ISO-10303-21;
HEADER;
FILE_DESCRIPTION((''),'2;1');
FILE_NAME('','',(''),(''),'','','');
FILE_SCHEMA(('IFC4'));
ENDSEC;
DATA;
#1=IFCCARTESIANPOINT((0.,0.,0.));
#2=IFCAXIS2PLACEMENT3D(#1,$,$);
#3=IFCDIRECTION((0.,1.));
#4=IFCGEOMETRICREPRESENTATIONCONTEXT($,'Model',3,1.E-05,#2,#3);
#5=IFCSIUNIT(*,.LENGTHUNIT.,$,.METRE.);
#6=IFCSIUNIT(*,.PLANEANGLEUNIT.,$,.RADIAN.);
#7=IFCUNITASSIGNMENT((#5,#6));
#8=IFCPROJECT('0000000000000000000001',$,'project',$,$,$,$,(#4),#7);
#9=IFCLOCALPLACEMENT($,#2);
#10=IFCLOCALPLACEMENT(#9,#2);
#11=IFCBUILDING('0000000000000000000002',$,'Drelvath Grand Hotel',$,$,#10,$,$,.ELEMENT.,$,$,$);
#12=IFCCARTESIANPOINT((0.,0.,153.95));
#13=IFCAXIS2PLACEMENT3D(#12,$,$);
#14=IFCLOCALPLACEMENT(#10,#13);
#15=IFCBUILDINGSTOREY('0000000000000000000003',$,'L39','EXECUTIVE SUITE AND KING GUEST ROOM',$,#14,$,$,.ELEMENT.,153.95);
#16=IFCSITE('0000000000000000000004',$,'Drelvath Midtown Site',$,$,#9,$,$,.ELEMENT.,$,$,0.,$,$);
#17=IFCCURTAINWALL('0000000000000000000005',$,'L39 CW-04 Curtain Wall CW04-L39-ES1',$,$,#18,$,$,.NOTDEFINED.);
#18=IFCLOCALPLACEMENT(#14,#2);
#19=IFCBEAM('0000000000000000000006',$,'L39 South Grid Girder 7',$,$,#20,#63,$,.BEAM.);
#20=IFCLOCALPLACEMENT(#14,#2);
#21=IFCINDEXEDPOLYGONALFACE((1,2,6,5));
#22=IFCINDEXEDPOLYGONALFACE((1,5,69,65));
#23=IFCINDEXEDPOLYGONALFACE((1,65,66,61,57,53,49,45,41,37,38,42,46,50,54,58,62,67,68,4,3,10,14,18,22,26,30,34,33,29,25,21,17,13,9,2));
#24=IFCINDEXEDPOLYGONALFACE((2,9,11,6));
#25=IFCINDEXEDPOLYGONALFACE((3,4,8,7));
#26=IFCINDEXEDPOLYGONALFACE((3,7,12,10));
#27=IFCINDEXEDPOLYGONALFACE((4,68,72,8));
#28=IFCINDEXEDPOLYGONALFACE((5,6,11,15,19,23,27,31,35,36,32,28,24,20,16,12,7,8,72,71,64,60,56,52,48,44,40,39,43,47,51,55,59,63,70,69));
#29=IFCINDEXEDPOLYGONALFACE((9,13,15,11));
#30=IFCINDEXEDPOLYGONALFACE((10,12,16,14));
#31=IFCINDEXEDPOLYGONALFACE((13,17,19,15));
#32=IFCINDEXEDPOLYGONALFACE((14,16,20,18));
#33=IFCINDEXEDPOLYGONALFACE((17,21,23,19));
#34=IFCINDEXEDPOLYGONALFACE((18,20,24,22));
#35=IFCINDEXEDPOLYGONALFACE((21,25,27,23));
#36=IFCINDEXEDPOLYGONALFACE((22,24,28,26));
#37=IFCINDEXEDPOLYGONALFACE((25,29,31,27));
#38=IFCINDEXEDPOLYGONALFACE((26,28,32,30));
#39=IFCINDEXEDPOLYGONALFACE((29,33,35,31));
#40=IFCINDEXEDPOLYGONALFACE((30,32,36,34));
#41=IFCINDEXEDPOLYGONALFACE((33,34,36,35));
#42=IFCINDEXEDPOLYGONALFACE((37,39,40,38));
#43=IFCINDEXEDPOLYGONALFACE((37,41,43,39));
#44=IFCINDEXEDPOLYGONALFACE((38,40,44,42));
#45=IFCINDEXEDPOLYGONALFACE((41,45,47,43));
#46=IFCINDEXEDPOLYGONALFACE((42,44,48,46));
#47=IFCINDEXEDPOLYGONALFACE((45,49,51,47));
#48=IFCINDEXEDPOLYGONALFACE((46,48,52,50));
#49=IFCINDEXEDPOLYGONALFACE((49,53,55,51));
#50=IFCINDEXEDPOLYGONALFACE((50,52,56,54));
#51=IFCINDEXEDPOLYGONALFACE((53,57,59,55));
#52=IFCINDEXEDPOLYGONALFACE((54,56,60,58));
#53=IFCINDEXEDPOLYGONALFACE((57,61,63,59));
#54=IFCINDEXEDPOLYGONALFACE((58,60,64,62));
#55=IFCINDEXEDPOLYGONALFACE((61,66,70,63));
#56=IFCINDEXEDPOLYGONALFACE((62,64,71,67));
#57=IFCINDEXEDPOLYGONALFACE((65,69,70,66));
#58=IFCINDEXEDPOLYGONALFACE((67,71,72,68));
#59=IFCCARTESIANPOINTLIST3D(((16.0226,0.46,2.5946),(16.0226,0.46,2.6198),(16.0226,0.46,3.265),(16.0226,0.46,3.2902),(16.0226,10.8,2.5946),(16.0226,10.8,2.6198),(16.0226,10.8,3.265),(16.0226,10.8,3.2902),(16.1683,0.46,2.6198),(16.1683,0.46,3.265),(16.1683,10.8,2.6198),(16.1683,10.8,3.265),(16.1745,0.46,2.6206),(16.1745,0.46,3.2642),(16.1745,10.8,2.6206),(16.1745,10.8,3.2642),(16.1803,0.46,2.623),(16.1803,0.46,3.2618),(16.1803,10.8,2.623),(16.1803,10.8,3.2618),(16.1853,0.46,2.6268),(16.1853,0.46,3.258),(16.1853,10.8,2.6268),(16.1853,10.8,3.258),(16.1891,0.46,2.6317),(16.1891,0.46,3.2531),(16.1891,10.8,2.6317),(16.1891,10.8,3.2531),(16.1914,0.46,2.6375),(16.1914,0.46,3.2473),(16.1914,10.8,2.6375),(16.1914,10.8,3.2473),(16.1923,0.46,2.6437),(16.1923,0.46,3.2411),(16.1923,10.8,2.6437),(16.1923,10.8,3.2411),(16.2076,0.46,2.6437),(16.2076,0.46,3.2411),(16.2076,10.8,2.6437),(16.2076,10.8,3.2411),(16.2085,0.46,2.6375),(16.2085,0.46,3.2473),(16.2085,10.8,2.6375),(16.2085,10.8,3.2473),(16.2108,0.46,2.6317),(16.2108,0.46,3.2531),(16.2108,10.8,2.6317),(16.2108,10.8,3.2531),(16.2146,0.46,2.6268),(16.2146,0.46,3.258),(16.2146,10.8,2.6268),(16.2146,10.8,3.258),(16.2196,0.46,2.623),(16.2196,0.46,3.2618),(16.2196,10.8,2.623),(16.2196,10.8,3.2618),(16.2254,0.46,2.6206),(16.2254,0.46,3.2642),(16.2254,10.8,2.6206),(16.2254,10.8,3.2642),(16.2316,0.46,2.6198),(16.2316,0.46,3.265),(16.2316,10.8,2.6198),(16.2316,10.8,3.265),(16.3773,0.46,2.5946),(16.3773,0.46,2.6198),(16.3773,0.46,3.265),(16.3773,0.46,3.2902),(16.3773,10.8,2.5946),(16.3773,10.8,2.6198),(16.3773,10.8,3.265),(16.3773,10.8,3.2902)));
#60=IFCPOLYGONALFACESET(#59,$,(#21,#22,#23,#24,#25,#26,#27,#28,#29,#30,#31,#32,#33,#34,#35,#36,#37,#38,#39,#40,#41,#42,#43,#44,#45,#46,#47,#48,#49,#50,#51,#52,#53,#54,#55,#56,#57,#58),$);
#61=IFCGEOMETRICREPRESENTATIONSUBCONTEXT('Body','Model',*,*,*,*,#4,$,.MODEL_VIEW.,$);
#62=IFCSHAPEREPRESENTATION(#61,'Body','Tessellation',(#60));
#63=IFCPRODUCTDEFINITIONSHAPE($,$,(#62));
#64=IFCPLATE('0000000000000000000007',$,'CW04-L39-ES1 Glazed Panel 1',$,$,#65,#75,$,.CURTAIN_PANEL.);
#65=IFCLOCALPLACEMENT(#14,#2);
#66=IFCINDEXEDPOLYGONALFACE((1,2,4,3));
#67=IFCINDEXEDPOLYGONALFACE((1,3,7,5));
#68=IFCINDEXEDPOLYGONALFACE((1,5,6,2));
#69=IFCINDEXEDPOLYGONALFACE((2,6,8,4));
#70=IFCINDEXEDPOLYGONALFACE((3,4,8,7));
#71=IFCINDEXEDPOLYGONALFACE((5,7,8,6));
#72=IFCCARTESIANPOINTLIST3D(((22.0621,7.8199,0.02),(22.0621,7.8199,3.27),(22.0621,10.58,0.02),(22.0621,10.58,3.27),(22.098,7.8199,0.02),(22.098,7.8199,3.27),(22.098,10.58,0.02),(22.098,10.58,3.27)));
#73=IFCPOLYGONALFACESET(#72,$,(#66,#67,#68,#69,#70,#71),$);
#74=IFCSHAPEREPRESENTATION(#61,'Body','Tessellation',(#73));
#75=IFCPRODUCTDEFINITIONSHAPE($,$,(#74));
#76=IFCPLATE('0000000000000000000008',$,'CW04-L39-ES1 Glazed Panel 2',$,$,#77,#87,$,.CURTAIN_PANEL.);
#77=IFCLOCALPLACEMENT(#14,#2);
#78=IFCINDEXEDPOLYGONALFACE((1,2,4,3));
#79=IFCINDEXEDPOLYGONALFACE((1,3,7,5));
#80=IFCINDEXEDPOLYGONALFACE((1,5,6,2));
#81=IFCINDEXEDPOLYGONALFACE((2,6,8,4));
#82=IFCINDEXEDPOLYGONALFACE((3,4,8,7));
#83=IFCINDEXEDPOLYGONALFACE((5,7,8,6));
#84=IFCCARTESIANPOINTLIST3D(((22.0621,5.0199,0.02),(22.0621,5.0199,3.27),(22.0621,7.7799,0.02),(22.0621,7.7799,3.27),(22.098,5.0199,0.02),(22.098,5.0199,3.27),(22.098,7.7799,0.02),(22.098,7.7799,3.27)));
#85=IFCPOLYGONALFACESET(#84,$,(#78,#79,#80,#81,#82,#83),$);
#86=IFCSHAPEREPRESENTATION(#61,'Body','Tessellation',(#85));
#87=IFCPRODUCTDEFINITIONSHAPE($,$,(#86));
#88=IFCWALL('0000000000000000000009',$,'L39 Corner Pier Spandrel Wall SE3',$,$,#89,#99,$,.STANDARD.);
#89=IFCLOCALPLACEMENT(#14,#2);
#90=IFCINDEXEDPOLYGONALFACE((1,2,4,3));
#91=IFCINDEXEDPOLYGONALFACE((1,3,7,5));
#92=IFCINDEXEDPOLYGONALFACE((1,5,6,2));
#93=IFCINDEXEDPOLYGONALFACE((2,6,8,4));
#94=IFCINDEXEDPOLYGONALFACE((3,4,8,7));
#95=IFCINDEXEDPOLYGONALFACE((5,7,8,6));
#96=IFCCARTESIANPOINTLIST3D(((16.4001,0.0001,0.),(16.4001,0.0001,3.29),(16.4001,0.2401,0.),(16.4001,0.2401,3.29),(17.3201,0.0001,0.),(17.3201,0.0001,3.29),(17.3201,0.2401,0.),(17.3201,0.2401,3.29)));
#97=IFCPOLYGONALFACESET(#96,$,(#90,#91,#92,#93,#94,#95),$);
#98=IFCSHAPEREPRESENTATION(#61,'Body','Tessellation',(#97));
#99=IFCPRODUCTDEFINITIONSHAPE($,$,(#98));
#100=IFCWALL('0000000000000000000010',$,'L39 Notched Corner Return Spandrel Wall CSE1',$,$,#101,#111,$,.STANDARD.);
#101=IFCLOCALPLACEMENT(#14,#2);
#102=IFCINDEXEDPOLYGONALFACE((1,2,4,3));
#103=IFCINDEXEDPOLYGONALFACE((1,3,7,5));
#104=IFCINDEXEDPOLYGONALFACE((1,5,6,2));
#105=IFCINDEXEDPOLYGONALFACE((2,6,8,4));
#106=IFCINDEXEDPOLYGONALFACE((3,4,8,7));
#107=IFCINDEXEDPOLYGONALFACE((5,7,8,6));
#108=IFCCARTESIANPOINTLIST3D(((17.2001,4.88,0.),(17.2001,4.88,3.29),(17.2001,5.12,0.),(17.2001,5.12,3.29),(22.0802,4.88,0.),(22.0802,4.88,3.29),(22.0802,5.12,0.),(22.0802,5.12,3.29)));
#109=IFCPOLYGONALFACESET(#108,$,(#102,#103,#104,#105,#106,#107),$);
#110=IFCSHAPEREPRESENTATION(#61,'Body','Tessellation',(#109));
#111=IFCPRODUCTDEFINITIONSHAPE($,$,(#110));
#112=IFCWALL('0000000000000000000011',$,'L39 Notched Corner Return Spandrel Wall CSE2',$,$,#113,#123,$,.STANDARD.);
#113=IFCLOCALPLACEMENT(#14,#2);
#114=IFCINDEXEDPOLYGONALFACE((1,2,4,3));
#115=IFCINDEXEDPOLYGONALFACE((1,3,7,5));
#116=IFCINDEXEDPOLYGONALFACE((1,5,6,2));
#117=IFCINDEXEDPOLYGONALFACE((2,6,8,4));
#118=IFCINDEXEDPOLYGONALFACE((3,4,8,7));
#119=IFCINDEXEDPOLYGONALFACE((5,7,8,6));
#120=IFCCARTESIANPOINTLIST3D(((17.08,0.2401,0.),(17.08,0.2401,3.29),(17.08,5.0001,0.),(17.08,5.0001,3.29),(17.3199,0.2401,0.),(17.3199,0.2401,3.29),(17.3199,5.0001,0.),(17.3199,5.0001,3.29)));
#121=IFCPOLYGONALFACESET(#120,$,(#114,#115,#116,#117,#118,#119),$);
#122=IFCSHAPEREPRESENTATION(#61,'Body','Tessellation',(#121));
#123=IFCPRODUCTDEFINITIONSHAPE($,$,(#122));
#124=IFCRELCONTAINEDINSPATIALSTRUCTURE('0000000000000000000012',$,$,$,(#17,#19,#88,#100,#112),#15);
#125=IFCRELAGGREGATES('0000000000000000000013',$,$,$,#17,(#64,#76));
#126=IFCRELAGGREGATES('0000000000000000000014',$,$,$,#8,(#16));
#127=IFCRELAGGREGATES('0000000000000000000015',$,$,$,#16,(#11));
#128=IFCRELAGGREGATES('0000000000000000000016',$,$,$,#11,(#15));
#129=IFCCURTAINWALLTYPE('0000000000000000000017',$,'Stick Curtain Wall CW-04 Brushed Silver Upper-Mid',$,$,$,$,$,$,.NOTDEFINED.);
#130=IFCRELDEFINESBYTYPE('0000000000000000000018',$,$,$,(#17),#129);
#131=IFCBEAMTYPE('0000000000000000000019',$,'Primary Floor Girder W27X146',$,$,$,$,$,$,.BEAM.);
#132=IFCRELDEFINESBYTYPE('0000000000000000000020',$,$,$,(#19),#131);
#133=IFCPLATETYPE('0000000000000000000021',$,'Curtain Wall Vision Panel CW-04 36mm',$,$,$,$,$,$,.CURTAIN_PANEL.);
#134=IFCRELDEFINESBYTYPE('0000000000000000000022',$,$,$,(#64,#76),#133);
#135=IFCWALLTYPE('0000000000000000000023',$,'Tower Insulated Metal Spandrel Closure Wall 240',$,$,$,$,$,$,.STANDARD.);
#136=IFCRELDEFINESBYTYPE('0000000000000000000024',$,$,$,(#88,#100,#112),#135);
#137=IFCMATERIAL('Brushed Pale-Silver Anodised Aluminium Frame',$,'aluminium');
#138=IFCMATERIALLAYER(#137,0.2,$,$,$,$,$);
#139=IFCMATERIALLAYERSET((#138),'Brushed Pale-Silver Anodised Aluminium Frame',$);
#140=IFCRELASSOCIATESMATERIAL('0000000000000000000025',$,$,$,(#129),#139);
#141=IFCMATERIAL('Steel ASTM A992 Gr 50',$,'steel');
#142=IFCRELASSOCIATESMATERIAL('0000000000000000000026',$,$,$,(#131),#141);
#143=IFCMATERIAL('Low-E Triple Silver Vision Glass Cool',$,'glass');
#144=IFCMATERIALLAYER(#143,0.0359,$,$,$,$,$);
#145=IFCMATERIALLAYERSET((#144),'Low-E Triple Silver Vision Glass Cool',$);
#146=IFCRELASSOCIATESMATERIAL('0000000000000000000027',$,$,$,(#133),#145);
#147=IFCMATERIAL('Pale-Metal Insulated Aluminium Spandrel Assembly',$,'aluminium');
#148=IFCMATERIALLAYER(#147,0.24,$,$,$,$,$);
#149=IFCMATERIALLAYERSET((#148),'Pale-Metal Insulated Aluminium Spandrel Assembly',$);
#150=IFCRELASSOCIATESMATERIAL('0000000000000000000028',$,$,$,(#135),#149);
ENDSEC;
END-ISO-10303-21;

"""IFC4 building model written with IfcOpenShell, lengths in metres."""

from ifc_helpers import new_model, si_unit, direction, frame, frame_2d, origin, origin_2d, place, context, subcontext, project, spatial, rectangle, i_section, extrude, material, layer, layer_set, material_profile, profile_set, type_object, element, aggregate, save


model = new_model("IFC4")

# Units and contexts
model_context = context("Model", 3, precision=1e-05, world=origin(), true_north=direction((0.0, 1.0)))
body_context = subcontext(model_context, "Body", "Model", "MODEL_VIEW")
ifc_project = project(units=[si_unit("LENGTHUNIT", "METRE"), si_unit("PLANEANGLEUNIT", "RADIAN")], contexts=[model_context])

# Site, building, storey
site_placement = place(None, origin())
site = spatial("IfcSite", under=ifc_project, at=site_placement, Name="Drelvath Midtown Site", CompositionType="ELEMENT", RefElevation=0.0)
building_placement = place(site_placement, origin())
building = spatial("IfcBuilding", under=site, at=building_placement, Name="Drelvath Grand Hotel", CompositionType="ELEMENT")
storey_placement = place(building_placement, frame((0.0, 0.0, 153.95)))
storey = spatial("IfcBuildingStorey", under=building, at=storey_placement, Name="L39", Description="EXECUTIVE SUITE AND KING GUEST ROOM", CompositionType="ELEMENT", Elevation=153.95)

# Curtain wall
ifc_material_1 = material(Name="Brushed Pale-Silver Anodised Aluminium Frame", Category="aluminium")
ifc_layer_1 = layer(ifc_material_1, 0.2)
ifc_layer_set_1 = layer_set([ifc_layer_1], Name="Brushed Pale-Silver Anodised Aluminium Frame")
curtain_wall_type = type_object("IfcCurtainWallType", Name="Stick Curtain Wall CW-04 Brushed Silver Upper-Mid", PredefinedType="NOTDEFINED", material=ifc_layer_set_1)
curtain_wall_1_placement = place(storey_placement, origin())
curtain_wall_1 = element("IfcCurtainWall", 1, at=curtain_wall_1_placement, inside=storey, type_object=curtain_wall_type, Name="L39 CW-04 Curtain Wall CW04-L39-ES1", PredefinedType="NOTDEFINED")

# Beam
ifc_material_2 = material(Name="Steel ASTM A992 Gr 50", Category="steel")
ifc_material_profile_1 = material_profile(ifc_material_2, i_section(OverallWidth=0.3547, OverallDepth=0.6956, WebThickness=0.0154, FlangeThickness=0.0251, FilletRadius=0.0239, at=origin_2d()), Name="W27X146")
ifc_profile_set_1 = profile_set([ifc_material_profile_1], Name="Steel ASTM A992 Gr 50")
beam_type = type_object("IfcBeamType", Name="Primary Floor Girder W27X146", PredefinedType="BEAM", material=ifc_profile_set_1)
beam_placement = place(storey_placement, frame((16.2, 0.46, 2.9424), z_axis=(0.0, 1.0, 0.0), x_axis=(-1.0, 0.0, 0.0)))
element("IfcBeam", 2, at=beam_placement, inside=storey, type_object=beam_type, Name="L39 South Grid Girder 7", PredefinedType="BEAM", context=body_context, shape_type="SweptSolid", body=[
    extrude(i_section(OverallWidth=0.3547, OverallDepth=0.6956, WebThickness=0.0154, FlangeThickness=0.0251, FilletRadius=0.0239, at=origin_2d()), origin(), (0.0, 0.0, 1.0), 10.3401),
])

# Plates
ifc_material_3 = material(Name="Low-E Triple Silver Vision Glass Cool", Category="glass")
ifc_layer_2 = layer(ifc_material_3, 0.0359)
ifc_layer_set_2 = layer_set([ifc_layer_2], Name="Low-E Triple Silver Vision Glass Cool")
plate_type = type_object("IfcPlateType", Name="Curtain Wall Vision Panel CW-04 36mm", PredefinedType="CURTAIN_PANEL", material=ifc_layer_set_2)
plate_1_placement = place(storey_placement, frame((22.0801, 9.2, 0.02), z_axis=(0.0, 0.0, 1.0), x_axis=(0.0, -1.0, 0.0)))
plate_1 = element("IfcPlate", 3, at=plate_1_placement, type_object=plate_type, Name="CW04-L39-ES1 Glazed Panel 1", PredefinedType="CURTAIN_PANEL", context=body_context, shape_type="SweptSolid", body=[
    extrude(rectangle(XDim=2.76, YDim=0.0359, at=origin_2d()), origin(), (0.0, 0.0, 1.0), 3.25),
])
plate_2_placement = place(storey_placement, frame((22.0801, 6.3999, 0.02), z_axis=(0.0, 0.0, 1.0), x_axis=(0.0, -1.0, 0.0)))
plate_2 = element("IfcPlate", 4, at=plate_2_placement, type_object=plate_type, Name="CW04-L39-ES1 Glazed Panel 2", PredefinedType="CURTAIN_PANEL", context=body_context, shape_type="SweptSolid", body=[
    extrude(rectangle(XDim=2.76, YDim=0.0359, at=origin_2d()), origin(), (0.0, 0.0, 1.0), 3.25),
])
aggregate(curtain_wall_1, [plate_1, plate_2])

# Walls
ifc_material_4 = material(Name="Pale-Metal Insulated Aluminium Spandrel Assembly", Category="aluminium")
ifc_layer_3 = layer(ifc_material_4, 0.24)
ifc_layer_set_3 = layer_set([ifc_layer_3], Name="Pale-Metal Insulated Aluminium Spandrel Assembly")
wall_type = type_object("IfcWallType", Name="Tower Insulated Metal Spandrel Closure Wall 240", PredefinedType="STANDARD", material=ifc_layer_set_3)
wall_1_placement = place(storey_placement, frame((17.3201, 0.1201, 0.0), z_axis=(0.0, 0.0, 1.0), x_axis=(-1.0, 0.0, 0.0)))
element("IfcWall", 5, at=wall_1_placement, inside=storey, type_object=wall_type, Name="L39 Corner Pier Spandrel Wall SE3", PredefinedType="STANDARD", context=body_context, shape_type="SweptSolid", body=[
    extrude(rectangle(XDim=0.9199, YDim=0.24, at=frame_2d((0.46, 0.0))), origin(), (0.0, 0.0, 1.0), 3.29),
])
wall_2_placement = place(storey_placement, frame((22.0801, 5.0, 0.0), z_axis=(0.0, 0.0, 1.0), x_axis=(-1.0, 0.0, 0.0)))
element("IfcWall", 6, at=wall_2_placement, inside=storey, type_object=wall_type, Name="L39 Notched Corner Return Spandrel Wall CSE1", PredefinedType="STANDARD", context=body_context, shape_type="SweptSolid", body=[
    extrude(rectangle(XDim=4.8801, YDim=0.24, at=frame_2d((2.4399, 0.0))), origin(), (0.0, 0.0, 1.0), 3.29),
])
wall_3_placement = place(storey_placement, frame((17.2, 5.0, 0.0), z_axis=(0.0, 0.0, 1.0), x_axis=(0.0, -1.0, 0.0)))
element("IfcWall", 7, at=wall_3_placement, inside=storey, type_object=wall_type, Name="L39 Notched Corner Return Spandrel Wall CSE2", PredefinedType="STANDARD", context=body_context, shape_type="SweptSolid", body=[
    extrude(rectangle(XDim=4.76, YDim=0.24, at=frame_2d((2.3799, 0.0))), origin(), (0.0, 0.0, 1.0), 3.29),
])

save(model, "model.ifc")
